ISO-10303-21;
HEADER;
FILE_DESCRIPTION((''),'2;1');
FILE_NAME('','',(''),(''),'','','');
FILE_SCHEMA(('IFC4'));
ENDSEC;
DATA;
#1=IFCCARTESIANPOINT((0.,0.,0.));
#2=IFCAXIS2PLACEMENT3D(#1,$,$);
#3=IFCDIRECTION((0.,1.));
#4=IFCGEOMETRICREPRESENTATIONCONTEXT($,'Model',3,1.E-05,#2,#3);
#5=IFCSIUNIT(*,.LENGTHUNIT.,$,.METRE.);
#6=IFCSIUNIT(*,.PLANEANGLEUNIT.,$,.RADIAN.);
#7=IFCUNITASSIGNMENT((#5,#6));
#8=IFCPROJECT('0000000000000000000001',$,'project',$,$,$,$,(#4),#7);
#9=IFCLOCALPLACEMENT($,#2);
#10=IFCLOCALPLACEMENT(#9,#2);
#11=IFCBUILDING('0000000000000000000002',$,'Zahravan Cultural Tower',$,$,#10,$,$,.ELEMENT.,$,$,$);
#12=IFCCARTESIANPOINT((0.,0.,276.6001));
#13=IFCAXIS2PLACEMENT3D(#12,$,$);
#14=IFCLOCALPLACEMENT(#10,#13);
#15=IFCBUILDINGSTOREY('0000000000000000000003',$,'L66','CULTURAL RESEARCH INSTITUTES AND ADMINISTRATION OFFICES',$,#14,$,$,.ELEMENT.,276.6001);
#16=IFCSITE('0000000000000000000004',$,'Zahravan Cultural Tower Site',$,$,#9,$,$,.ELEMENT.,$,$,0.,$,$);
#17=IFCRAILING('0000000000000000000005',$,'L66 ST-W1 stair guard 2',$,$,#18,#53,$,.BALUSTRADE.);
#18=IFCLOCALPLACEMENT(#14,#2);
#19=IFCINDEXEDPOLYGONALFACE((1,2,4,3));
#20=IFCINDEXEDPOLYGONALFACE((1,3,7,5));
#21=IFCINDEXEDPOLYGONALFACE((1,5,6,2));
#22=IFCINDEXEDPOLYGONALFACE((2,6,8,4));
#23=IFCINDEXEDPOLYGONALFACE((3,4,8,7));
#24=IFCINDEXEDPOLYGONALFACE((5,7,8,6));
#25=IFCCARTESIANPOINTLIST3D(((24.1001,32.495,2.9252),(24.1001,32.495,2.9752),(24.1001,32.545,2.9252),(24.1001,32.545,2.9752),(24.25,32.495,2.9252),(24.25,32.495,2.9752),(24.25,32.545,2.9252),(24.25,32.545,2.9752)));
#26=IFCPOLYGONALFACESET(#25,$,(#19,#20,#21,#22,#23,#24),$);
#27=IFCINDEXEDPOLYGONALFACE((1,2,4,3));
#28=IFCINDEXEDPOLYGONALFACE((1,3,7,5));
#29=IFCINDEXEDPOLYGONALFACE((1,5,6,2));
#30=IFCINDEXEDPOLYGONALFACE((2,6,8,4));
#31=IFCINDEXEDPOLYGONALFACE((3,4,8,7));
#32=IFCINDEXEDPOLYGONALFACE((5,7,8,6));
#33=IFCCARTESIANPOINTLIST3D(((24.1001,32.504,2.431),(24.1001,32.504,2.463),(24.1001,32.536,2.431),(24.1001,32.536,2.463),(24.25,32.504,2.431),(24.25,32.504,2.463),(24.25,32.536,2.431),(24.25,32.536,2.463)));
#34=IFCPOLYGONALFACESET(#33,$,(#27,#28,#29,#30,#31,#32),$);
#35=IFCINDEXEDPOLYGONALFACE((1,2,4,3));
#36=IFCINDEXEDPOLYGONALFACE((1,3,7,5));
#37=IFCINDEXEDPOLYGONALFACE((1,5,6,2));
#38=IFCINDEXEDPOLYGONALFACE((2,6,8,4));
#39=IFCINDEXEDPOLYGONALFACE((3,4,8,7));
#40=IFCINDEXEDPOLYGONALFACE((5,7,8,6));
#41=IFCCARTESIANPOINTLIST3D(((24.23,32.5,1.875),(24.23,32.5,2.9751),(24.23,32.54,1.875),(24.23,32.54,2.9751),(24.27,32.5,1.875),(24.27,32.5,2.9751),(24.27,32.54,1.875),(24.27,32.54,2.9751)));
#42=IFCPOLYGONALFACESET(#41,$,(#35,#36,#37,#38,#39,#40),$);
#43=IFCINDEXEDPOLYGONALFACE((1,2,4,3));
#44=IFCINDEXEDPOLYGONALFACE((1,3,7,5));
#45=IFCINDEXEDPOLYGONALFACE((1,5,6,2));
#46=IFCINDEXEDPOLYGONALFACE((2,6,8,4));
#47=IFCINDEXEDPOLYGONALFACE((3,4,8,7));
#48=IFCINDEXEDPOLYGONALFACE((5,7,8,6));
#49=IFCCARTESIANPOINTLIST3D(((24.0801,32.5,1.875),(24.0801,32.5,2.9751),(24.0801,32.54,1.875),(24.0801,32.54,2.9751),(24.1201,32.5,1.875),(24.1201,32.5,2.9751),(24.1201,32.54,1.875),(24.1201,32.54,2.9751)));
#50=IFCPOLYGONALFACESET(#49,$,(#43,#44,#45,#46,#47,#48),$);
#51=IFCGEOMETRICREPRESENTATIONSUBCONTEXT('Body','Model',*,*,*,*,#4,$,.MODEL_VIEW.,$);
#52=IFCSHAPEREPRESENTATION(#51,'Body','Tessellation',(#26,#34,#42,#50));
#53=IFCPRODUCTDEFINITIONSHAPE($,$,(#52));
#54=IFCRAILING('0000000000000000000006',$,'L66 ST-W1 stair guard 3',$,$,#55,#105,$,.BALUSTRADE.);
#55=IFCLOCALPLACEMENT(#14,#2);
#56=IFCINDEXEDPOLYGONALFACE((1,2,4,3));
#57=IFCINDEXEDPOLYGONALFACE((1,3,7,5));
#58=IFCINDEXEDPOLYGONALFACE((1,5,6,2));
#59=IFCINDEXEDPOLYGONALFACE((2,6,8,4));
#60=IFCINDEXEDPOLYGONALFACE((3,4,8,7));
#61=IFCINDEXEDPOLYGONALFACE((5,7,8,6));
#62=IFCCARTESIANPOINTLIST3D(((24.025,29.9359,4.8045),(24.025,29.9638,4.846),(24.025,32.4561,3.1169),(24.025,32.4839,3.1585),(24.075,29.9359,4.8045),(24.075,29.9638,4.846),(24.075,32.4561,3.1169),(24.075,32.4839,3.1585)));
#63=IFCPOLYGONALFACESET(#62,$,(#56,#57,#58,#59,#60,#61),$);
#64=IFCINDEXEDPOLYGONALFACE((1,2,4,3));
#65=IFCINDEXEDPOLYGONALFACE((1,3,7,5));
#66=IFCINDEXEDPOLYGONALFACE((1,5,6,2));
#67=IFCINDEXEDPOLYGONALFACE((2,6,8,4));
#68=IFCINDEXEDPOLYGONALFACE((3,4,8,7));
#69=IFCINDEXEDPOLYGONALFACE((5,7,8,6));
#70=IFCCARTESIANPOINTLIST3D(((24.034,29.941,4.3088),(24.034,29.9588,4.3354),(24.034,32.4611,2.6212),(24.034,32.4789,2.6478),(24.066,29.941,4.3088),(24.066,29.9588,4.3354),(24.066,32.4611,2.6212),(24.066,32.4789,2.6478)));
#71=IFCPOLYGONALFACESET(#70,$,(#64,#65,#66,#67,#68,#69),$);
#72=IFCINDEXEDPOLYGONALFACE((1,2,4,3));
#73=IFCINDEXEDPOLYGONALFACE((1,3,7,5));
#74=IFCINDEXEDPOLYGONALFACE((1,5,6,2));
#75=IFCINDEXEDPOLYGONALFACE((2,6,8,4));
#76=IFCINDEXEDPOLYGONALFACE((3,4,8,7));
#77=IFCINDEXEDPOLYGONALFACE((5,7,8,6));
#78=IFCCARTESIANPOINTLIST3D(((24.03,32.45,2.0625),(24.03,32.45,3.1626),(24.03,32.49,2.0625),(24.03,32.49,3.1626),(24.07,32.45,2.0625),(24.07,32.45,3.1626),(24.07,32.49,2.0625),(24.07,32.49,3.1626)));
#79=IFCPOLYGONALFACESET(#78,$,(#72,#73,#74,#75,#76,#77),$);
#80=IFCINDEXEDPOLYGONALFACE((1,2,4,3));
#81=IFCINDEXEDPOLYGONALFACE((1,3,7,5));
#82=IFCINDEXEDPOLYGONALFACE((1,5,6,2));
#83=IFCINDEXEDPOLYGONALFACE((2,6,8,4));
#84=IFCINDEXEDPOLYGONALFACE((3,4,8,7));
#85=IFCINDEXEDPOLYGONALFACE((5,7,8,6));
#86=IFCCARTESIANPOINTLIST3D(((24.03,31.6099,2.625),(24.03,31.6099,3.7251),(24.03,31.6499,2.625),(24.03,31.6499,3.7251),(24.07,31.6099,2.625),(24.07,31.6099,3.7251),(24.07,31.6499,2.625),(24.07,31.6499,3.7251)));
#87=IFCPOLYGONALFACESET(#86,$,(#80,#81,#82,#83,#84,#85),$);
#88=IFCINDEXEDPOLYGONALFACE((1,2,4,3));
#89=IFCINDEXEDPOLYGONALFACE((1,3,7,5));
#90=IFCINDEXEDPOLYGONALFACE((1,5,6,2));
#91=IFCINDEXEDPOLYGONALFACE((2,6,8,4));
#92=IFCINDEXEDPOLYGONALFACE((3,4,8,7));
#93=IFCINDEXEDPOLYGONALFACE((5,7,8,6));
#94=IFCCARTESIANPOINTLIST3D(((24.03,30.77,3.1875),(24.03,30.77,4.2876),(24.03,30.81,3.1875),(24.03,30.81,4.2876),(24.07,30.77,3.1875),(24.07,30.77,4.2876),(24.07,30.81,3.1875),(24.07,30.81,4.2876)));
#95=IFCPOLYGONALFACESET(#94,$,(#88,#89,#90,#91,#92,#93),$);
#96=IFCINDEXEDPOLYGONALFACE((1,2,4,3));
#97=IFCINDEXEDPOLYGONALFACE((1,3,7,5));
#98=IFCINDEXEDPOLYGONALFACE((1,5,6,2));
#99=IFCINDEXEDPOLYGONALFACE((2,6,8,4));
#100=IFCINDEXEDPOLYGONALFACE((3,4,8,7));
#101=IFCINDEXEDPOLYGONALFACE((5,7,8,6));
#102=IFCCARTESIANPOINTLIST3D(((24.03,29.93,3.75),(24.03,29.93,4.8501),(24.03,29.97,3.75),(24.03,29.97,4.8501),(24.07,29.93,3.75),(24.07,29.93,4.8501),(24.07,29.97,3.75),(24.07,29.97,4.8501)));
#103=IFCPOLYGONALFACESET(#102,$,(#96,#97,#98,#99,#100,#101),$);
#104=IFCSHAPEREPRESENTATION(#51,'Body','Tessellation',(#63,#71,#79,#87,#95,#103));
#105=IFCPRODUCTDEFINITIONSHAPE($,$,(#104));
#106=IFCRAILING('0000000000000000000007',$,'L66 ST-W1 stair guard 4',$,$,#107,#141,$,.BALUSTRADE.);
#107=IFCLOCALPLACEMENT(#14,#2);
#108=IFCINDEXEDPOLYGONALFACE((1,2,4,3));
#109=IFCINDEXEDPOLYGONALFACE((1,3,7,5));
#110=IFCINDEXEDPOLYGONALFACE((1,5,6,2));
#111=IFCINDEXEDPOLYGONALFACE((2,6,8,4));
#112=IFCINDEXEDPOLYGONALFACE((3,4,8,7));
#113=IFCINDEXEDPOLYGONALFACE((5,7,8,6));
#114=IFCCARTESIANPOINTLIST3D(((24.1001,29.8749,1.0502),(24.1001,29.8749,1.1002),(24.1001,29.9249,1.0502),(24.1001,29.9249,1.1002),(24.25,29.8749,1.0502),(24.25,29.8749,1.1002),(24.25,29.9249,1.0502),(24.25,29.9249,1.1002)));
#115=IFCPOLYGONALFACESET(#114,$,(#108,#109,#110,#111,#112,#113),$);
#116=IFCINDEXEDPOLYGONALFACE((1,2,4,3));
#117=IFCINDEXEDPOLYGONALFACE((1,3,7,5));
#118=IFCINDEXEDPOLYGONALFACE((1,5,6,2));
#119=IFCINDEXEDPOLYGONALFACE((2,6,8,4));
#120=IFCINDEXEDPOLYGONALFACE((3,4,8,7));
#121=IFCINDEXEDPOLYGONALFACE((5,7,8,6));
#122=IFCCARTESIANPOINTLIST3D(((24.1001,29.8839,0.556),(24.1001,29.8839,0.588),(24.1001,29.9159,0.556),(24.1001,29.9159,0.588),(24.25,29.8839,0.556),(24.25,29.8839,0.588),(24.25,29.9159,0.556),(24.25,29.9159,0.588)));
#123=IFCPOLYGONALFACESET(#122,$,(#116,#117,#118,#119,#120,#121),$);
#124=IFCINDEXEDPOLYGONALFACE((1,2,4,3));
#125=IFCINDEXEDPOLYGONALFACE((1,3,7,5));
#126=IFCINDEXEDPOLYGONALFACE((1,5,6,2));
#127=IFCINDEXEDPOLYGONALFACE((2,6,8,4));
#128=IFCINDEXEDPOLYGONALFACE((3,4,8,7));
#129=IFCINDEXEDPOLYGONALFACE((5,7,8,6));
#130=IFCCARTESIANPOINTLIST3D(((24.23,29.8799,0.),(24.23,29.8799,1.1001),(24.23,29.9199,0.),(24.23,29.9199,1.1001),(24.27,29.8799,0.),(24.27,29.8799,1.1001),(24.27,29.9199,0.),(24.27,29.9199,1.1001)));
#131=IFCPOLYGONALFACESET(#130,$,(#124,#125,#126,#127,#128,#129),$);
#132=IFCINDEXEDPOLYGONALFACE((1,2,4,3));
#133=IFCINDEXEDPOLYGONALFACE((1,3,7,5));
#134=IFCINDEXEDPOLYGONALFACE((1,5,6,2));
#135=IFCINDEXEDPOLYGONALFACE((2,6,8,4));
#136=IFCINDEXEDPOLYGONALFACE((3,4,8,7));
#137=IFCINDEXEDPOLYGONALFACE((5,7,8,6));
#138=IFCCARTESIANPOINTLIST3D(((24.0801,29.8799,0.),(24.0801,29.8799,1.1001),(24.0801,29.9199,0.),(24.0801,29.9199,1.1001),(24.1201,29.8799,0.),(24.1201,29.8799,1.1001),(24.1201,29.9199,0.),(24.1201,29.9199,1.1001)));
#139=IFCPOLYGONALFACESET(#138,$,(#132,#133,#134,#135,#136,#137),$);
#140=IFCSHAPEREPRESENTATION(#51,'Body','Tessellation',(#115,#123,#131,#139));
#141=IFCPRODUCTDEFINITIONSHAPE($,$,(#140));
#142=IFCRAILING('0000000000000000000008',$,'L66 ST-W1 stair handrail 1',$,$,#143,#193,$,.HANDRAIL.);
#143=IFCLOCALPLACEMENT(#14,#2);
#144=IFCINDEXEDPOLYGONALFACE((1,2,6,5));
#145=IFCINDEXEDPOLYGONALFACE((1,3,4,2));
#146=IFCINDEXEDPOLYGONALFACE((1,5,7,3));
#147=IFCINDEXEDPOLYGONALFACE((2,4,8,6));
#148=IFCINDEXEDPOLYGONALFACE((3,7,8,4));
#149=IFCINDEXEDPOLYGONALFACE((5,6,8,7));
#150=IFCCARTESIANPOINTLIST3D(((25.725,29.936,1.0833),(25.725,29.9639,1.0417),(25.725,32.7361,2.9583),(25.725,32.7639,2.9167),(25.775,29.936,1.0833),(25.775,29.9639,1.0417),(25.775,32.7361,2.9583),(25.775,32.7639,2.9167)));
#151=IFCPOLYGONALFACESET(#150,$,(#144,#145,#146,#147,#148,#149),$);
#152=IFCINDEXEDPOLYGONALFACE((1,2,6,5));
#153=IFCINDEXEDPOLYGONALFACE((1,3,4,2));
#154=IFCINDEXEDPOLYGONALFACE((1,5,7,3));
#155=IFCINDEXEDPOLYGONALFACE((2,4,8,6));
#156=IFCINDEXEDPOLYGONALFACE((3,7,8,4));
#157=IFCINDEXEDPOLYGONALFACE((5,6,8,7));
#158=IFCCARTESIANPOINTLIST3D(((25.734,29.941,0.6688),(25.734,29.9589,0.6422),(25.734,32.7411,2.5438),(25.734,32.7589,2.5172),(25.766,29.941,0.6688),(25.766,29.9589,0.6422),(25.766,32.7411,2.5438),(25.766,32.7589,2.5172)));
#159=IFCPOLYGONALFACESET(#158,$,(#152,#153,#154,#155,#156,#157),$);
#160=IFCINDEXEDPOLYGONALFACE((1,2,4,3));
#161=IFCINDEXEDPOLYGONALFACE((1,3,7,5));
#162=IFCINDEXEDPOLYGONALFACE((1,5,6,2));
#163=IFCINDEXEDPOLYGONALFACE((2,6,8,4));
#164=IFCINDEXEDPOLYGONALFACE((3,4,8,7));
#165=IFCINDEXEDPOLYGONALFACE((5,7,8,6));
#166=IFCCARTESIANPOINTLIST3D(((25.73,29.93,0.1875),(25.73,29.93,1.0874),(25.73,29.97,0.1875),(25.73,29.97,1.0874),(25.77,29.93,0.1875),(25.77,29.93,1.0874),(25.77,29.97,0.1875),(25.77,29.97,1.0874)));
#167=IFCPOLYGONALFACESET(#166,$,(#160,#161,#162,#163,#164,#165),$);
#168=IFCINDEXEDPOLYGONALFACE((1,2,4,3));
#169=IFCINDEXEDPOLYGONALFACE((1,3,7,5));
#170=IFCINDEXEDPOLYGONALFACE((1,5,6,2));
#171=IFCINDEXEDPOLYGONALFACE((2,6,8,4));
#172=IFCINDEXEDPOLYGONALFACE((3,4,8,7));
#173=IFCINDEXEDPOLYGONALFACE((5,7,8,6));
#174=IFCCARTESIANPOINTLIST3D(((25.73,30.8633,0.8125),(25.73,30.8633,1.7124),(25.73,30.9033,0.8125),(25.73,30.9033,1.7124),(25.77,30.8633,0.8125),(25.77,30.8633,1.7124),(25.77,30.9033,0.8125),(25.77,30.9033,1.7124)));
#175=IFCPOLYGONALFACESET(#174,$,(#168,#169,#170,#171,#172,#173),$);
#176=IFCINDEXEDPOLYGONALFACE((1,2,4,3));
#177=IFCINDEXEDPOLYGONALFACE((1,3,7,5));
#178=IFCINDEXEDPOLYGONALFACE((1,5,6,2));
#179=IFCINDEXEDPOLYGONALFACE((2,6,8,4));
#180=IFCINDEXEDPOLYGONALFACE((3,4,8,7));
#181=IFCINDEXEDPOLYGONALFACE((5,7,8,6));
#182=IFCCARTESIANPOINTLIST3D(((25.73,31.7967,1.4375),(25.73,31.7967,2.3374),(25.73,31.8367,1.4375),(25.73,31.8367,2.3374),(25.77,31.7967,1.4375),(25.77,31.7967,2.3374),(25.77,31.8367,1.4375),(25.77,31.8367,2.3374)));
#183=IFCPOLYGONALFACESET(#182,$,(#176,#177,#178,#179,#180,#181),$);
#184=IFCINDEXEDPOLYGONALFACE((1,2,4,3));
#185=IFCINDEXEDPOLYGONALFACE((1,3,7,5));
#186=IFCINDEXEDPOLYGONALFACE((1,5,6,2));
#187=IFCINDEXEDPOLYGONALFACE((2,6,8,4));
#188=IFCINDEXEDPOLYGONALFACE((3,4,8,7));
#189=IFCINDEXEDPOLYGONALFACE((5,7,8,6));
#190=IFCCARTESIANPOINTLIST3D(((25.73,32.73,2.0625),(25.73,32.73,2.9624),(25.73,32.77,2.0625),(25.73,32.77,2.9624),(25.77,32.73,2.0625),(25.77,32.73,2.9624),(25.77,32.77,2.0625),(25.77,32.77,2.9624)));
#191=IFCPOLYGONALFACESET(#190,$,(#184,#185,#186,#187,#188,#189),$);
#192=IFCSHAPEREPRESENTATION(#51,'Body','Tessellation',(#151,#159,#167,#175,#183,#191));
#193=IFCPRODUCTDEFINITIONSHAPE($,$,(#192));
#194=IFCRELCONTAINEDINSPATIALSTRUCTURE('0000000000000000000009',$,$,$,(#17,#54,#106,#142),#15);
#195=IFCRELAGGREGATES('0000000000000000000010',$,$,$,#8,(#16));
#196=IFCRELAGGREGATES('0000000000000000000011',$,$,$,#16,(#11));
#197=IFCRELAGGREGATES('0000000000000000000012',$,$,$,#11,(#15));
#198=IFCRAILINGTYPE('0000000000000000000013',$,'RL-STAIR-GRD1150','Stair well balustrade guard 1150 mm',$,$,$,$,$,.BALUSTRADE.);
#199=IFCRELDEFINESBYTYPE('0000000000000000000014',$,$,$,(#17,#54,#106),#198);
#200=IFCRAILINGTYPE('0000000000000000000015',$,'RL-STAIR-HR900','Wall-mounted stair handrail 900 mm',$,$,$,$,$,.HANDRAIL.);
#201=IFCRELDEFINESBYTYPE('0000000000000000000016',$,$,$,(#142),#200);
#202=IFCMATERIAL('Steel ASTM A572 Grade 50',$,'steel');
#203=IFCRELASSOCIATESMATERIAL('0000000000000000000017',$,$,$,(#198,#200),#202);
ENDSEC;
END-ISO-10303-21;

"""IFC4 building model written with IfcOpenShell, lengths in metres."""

from ifc_helpers import new_model, si_unit, direction, frame, origin, origin_2d, place, context, subcontext, project, spatial, rectangle, extrude, material, type_object, element, save


model = new_model("IFC4")

# Units and contexts
model_context = context("Model", 3, precision=1e-05, world=origin(), true_north=direction((0.0, 1.0)))
body_context = subcontext(model_context, "Body", "Model", "MODEL_VIEW")
ifc_project = project(units=[si_unit("LENGTHUNIT", "METRE"), si_unit("PLANEANGLEUNIT", "RADIAN")], contexts=[model_context])

# Site, building, storey
site_placement = place(None, origin())
site = spatial("IfcSite", under=ifc_project, at=site_placement, Name="Zahravan Cultural Tower Site", CompositionType="ELEMENT", RefElevation=0.0)
building_placement = place(site_placement, origin())
building = spatial("IfcBuilding", under=site, at=building_placement, Name="Zahravan Cultural Tower", CompositionType="ELEMENT")
storey_placement = place(building_placement, frame((0.0, 0.0, 276.6001)))
storey = spatial("IfcBuildingStorey", under=building, at=storey_placement, Name="L66", Description="CULTURAL RESEARCH INSTITUTES AND ADMINISTRATION OFFICES", CompositionType="ELEMENT", Elevation=276.6001)

# Shared definitions
ifc_material_1 = material(Name="Steel ASTM A572 Grade 50", Category="steel")

# Railings
railing_type_1 = type_object("IfcRailingType", Name="RL-STAIR-GRD1150", Description="Stair well balustrade guard 1150 mm", PredefinedType="BALUSTRADE", material=ifc_material_1)
railing_1_placement = place(storey_placement, frame((24.25, 32.52, 1.875)))
element("IfcRailing", 1, at=railing_1_placement, inside=storey, type_object=railing_type_1, Name="L66 ST-W1 stair guard 2", PredefinedType="BALUSTRADE", context=body_context, shape_type="SweptSolid", body=[
    extrude(rectangle(XDim=0.05, YDim=0.05, at=origin_2d()), frame((0.0, 0.0, 1.0752), z_axis=(-1.0, 0.0, 0.0), x_axis=(0.0, -1.0, 0.0)), (0.0, 0.0, 1.0), 0.1499),
    extrude(rectangle(XDim=0.032, YDim=0.032, at=origin_2d()), frame((0.0, 0.0, 0.572), z_axis=(-1.0, 0.0, 0.0), x_axis=(0.0, -1.0, 0.0)), (0.0, 0.0, 1.0), 0.1499),
    extrude(rectangle(XDim=0.04, YDim=0.04, at=origin_2d()), origin(), (0.0, 0.0, 1.0), 1.1001),
    extrude(rectangle(XDim=0.04, YDim=0.04, at=origin_2d()), frame((-0.1499, 0.0, 0.0)), (0.0, 0.0, 1.0), 1.1001),
])
railing_2_placement = place(storey_placement, frame((24.05, 32.47, 2.0625)))
element("IfcRailing", 2, at=railing_2_placement, inside=storey, type_object=railing_type_1, Name="L66 ST-W1 stair guard 3", PredefinedType="BALUSTRADE", context=body_context, shape_type="SweptSolid", body=[
    extrude(rectangle(XDim=0.05, YDim=0.05, at=origin_2d()), frame((0.0, 0.0, 1.0752), z_axis=(0.0, -0.830909, 0.556408), x_axis=(1.0, 0.0, 0.0)), (0.0, 0.0, 1.0), 3.033),
    extrude(rectangle(XDim=0.032, YDim=0.032, at=origin_2d()), frame((0.0, 0.0, 0.572), z_axis=(0.0, -0.830909, 0.556408), x_axis=(1.0, 0.0, 0.0)), (0.0, 0.0, 1.0), 3.033),
    extrude(rectangle(XDim=0.04, YDim=0.04, at=origin_2d()), origin(), (0.0, 0.0, 1.0), 1.1001),
    extrude(rectangle(XDim=0.04, YDim=0.04, at=origin_2d()), frame((0.0, -0.8401, 0.5625)), (0.0, 0.0, 1.0), 1.1001),
    extrude(rectangle(XDim=0.04, YDim=0.04, at=origin_2d()), frame((0.0, -1.6799, 1.125)), (0.0, 0.0, 1.0), 1.1001),
    extrude(rectangle(XDim=0.04, YDim=0.04, at=origin_2d()), frame((0.0, -2.52, 1.6875)), (0.0, 0.0, 1.0), 1.1001),
])
railing_3_placement = place(storey_placement, frame((24.25, 29.8999, 0.0)))
element("IfcRailing", 3, at=railing_3_placement, inside=storey, type_object=railing_type_1, Name="L66 ST-W1 stair guard 4", PredefinedType="BALUSTRADE", context=body_context, shape_type="SweptSolid", body=[
    extrude(rectangle(XDim=0.05, YDim=0.05, at=origin_2d()), frame((0.0, 0.0, 1.0752), z_axis=(-1.0, 0.0, 0.0), x_axis=(0.0, -1.0, 0.0)), (0.0, 0.0, 1.0), 0.1499),
    extrude(rectangle(XDim=0.032, YDim=0.032, at=origin_2d()), frame((0.0, 0.0, 0.572), z_axis=(-1.0, 0.0, 0.0), x_axis=(0.0, -1.0, 0.0)), (0.0, 0.0, 1.0), 0.1499),
    extrude(rectangle(XDim=0.04, YDim=0.04, at=origin_2d()), origin(), (0.0, 0.0, 1.0), 1.1001),
    extrude(rectangle(XDim=0.04, YDim=0.04, at=origin_2d()), frame((-0.1499, 0.0, 0.0)), (0.0, 0.0, 1.0), 1.1001),
])
railing_type_2 = type_object("IfcRailingType", Name="RL-STAIR-HR900", Description="Wall-mounted stair handrail 900 mm", PredefinedType="HANDRAIL", material=ifc_material_1)
railing_4_placement = place(storey_placement, frame((25.75, 29.95, 0.1875)))
element("IfcRailing", 4, at=railing_4_placement, inside=storey, type_object=railing_type_2, Name="L66 ST-W1 stair handrail 1", PredefinedType="HANDRAIL", context=body_context, shape_type="SweptSolid", body=[
    extrude(rectangle(XDim=0.05, YDim=0.05, at=origin_2d()), frame((0.0, 0.0, 0.875), z_axis=(0.0, 0.830912, 0.556404), x_axis=(-1.0, 0.0, 0.0)), (0.0, 0.0, 1.0), 3.3699),
    extrude(rectangle(XDim=0.032, YDim=0.032, at=origin_2d()), frame((0.0, 0.0, 0.468), z_axis=(0.0, 0.830912, 0.556404), x_axis=(-1.0, 0.0, 0.0)), (0.0, 0.0, 1.0), 3.3699),
    extrude(rectangle(XDim=0.04, YDim=0.04, at=origin_2d()), origin(), (0.0, 0.0, 1.0), 0.8999),
    extrude(rectangle(XDim=0.04, YDim=0.04, at=origin_2d()), frame((0.0, 0.9333, 0.625)), (0.0, 0.0, 1.0), 0.8999),
    extrude(rectangle(XDim=0.04, YDim=0.04, at=origin_2d()), frame((0.0, 1.8667, 1.25)), (0.0, 0.0, 1.0), 0.8999),
    extrude(rectangle(XDim=0.04, YDim=0.04, at=origin_2d()), frame((0.0, 2.8, 1.875)), (0.0, 0.0, 1.0), 0.8999),
])

save(model, "model.ifc")
